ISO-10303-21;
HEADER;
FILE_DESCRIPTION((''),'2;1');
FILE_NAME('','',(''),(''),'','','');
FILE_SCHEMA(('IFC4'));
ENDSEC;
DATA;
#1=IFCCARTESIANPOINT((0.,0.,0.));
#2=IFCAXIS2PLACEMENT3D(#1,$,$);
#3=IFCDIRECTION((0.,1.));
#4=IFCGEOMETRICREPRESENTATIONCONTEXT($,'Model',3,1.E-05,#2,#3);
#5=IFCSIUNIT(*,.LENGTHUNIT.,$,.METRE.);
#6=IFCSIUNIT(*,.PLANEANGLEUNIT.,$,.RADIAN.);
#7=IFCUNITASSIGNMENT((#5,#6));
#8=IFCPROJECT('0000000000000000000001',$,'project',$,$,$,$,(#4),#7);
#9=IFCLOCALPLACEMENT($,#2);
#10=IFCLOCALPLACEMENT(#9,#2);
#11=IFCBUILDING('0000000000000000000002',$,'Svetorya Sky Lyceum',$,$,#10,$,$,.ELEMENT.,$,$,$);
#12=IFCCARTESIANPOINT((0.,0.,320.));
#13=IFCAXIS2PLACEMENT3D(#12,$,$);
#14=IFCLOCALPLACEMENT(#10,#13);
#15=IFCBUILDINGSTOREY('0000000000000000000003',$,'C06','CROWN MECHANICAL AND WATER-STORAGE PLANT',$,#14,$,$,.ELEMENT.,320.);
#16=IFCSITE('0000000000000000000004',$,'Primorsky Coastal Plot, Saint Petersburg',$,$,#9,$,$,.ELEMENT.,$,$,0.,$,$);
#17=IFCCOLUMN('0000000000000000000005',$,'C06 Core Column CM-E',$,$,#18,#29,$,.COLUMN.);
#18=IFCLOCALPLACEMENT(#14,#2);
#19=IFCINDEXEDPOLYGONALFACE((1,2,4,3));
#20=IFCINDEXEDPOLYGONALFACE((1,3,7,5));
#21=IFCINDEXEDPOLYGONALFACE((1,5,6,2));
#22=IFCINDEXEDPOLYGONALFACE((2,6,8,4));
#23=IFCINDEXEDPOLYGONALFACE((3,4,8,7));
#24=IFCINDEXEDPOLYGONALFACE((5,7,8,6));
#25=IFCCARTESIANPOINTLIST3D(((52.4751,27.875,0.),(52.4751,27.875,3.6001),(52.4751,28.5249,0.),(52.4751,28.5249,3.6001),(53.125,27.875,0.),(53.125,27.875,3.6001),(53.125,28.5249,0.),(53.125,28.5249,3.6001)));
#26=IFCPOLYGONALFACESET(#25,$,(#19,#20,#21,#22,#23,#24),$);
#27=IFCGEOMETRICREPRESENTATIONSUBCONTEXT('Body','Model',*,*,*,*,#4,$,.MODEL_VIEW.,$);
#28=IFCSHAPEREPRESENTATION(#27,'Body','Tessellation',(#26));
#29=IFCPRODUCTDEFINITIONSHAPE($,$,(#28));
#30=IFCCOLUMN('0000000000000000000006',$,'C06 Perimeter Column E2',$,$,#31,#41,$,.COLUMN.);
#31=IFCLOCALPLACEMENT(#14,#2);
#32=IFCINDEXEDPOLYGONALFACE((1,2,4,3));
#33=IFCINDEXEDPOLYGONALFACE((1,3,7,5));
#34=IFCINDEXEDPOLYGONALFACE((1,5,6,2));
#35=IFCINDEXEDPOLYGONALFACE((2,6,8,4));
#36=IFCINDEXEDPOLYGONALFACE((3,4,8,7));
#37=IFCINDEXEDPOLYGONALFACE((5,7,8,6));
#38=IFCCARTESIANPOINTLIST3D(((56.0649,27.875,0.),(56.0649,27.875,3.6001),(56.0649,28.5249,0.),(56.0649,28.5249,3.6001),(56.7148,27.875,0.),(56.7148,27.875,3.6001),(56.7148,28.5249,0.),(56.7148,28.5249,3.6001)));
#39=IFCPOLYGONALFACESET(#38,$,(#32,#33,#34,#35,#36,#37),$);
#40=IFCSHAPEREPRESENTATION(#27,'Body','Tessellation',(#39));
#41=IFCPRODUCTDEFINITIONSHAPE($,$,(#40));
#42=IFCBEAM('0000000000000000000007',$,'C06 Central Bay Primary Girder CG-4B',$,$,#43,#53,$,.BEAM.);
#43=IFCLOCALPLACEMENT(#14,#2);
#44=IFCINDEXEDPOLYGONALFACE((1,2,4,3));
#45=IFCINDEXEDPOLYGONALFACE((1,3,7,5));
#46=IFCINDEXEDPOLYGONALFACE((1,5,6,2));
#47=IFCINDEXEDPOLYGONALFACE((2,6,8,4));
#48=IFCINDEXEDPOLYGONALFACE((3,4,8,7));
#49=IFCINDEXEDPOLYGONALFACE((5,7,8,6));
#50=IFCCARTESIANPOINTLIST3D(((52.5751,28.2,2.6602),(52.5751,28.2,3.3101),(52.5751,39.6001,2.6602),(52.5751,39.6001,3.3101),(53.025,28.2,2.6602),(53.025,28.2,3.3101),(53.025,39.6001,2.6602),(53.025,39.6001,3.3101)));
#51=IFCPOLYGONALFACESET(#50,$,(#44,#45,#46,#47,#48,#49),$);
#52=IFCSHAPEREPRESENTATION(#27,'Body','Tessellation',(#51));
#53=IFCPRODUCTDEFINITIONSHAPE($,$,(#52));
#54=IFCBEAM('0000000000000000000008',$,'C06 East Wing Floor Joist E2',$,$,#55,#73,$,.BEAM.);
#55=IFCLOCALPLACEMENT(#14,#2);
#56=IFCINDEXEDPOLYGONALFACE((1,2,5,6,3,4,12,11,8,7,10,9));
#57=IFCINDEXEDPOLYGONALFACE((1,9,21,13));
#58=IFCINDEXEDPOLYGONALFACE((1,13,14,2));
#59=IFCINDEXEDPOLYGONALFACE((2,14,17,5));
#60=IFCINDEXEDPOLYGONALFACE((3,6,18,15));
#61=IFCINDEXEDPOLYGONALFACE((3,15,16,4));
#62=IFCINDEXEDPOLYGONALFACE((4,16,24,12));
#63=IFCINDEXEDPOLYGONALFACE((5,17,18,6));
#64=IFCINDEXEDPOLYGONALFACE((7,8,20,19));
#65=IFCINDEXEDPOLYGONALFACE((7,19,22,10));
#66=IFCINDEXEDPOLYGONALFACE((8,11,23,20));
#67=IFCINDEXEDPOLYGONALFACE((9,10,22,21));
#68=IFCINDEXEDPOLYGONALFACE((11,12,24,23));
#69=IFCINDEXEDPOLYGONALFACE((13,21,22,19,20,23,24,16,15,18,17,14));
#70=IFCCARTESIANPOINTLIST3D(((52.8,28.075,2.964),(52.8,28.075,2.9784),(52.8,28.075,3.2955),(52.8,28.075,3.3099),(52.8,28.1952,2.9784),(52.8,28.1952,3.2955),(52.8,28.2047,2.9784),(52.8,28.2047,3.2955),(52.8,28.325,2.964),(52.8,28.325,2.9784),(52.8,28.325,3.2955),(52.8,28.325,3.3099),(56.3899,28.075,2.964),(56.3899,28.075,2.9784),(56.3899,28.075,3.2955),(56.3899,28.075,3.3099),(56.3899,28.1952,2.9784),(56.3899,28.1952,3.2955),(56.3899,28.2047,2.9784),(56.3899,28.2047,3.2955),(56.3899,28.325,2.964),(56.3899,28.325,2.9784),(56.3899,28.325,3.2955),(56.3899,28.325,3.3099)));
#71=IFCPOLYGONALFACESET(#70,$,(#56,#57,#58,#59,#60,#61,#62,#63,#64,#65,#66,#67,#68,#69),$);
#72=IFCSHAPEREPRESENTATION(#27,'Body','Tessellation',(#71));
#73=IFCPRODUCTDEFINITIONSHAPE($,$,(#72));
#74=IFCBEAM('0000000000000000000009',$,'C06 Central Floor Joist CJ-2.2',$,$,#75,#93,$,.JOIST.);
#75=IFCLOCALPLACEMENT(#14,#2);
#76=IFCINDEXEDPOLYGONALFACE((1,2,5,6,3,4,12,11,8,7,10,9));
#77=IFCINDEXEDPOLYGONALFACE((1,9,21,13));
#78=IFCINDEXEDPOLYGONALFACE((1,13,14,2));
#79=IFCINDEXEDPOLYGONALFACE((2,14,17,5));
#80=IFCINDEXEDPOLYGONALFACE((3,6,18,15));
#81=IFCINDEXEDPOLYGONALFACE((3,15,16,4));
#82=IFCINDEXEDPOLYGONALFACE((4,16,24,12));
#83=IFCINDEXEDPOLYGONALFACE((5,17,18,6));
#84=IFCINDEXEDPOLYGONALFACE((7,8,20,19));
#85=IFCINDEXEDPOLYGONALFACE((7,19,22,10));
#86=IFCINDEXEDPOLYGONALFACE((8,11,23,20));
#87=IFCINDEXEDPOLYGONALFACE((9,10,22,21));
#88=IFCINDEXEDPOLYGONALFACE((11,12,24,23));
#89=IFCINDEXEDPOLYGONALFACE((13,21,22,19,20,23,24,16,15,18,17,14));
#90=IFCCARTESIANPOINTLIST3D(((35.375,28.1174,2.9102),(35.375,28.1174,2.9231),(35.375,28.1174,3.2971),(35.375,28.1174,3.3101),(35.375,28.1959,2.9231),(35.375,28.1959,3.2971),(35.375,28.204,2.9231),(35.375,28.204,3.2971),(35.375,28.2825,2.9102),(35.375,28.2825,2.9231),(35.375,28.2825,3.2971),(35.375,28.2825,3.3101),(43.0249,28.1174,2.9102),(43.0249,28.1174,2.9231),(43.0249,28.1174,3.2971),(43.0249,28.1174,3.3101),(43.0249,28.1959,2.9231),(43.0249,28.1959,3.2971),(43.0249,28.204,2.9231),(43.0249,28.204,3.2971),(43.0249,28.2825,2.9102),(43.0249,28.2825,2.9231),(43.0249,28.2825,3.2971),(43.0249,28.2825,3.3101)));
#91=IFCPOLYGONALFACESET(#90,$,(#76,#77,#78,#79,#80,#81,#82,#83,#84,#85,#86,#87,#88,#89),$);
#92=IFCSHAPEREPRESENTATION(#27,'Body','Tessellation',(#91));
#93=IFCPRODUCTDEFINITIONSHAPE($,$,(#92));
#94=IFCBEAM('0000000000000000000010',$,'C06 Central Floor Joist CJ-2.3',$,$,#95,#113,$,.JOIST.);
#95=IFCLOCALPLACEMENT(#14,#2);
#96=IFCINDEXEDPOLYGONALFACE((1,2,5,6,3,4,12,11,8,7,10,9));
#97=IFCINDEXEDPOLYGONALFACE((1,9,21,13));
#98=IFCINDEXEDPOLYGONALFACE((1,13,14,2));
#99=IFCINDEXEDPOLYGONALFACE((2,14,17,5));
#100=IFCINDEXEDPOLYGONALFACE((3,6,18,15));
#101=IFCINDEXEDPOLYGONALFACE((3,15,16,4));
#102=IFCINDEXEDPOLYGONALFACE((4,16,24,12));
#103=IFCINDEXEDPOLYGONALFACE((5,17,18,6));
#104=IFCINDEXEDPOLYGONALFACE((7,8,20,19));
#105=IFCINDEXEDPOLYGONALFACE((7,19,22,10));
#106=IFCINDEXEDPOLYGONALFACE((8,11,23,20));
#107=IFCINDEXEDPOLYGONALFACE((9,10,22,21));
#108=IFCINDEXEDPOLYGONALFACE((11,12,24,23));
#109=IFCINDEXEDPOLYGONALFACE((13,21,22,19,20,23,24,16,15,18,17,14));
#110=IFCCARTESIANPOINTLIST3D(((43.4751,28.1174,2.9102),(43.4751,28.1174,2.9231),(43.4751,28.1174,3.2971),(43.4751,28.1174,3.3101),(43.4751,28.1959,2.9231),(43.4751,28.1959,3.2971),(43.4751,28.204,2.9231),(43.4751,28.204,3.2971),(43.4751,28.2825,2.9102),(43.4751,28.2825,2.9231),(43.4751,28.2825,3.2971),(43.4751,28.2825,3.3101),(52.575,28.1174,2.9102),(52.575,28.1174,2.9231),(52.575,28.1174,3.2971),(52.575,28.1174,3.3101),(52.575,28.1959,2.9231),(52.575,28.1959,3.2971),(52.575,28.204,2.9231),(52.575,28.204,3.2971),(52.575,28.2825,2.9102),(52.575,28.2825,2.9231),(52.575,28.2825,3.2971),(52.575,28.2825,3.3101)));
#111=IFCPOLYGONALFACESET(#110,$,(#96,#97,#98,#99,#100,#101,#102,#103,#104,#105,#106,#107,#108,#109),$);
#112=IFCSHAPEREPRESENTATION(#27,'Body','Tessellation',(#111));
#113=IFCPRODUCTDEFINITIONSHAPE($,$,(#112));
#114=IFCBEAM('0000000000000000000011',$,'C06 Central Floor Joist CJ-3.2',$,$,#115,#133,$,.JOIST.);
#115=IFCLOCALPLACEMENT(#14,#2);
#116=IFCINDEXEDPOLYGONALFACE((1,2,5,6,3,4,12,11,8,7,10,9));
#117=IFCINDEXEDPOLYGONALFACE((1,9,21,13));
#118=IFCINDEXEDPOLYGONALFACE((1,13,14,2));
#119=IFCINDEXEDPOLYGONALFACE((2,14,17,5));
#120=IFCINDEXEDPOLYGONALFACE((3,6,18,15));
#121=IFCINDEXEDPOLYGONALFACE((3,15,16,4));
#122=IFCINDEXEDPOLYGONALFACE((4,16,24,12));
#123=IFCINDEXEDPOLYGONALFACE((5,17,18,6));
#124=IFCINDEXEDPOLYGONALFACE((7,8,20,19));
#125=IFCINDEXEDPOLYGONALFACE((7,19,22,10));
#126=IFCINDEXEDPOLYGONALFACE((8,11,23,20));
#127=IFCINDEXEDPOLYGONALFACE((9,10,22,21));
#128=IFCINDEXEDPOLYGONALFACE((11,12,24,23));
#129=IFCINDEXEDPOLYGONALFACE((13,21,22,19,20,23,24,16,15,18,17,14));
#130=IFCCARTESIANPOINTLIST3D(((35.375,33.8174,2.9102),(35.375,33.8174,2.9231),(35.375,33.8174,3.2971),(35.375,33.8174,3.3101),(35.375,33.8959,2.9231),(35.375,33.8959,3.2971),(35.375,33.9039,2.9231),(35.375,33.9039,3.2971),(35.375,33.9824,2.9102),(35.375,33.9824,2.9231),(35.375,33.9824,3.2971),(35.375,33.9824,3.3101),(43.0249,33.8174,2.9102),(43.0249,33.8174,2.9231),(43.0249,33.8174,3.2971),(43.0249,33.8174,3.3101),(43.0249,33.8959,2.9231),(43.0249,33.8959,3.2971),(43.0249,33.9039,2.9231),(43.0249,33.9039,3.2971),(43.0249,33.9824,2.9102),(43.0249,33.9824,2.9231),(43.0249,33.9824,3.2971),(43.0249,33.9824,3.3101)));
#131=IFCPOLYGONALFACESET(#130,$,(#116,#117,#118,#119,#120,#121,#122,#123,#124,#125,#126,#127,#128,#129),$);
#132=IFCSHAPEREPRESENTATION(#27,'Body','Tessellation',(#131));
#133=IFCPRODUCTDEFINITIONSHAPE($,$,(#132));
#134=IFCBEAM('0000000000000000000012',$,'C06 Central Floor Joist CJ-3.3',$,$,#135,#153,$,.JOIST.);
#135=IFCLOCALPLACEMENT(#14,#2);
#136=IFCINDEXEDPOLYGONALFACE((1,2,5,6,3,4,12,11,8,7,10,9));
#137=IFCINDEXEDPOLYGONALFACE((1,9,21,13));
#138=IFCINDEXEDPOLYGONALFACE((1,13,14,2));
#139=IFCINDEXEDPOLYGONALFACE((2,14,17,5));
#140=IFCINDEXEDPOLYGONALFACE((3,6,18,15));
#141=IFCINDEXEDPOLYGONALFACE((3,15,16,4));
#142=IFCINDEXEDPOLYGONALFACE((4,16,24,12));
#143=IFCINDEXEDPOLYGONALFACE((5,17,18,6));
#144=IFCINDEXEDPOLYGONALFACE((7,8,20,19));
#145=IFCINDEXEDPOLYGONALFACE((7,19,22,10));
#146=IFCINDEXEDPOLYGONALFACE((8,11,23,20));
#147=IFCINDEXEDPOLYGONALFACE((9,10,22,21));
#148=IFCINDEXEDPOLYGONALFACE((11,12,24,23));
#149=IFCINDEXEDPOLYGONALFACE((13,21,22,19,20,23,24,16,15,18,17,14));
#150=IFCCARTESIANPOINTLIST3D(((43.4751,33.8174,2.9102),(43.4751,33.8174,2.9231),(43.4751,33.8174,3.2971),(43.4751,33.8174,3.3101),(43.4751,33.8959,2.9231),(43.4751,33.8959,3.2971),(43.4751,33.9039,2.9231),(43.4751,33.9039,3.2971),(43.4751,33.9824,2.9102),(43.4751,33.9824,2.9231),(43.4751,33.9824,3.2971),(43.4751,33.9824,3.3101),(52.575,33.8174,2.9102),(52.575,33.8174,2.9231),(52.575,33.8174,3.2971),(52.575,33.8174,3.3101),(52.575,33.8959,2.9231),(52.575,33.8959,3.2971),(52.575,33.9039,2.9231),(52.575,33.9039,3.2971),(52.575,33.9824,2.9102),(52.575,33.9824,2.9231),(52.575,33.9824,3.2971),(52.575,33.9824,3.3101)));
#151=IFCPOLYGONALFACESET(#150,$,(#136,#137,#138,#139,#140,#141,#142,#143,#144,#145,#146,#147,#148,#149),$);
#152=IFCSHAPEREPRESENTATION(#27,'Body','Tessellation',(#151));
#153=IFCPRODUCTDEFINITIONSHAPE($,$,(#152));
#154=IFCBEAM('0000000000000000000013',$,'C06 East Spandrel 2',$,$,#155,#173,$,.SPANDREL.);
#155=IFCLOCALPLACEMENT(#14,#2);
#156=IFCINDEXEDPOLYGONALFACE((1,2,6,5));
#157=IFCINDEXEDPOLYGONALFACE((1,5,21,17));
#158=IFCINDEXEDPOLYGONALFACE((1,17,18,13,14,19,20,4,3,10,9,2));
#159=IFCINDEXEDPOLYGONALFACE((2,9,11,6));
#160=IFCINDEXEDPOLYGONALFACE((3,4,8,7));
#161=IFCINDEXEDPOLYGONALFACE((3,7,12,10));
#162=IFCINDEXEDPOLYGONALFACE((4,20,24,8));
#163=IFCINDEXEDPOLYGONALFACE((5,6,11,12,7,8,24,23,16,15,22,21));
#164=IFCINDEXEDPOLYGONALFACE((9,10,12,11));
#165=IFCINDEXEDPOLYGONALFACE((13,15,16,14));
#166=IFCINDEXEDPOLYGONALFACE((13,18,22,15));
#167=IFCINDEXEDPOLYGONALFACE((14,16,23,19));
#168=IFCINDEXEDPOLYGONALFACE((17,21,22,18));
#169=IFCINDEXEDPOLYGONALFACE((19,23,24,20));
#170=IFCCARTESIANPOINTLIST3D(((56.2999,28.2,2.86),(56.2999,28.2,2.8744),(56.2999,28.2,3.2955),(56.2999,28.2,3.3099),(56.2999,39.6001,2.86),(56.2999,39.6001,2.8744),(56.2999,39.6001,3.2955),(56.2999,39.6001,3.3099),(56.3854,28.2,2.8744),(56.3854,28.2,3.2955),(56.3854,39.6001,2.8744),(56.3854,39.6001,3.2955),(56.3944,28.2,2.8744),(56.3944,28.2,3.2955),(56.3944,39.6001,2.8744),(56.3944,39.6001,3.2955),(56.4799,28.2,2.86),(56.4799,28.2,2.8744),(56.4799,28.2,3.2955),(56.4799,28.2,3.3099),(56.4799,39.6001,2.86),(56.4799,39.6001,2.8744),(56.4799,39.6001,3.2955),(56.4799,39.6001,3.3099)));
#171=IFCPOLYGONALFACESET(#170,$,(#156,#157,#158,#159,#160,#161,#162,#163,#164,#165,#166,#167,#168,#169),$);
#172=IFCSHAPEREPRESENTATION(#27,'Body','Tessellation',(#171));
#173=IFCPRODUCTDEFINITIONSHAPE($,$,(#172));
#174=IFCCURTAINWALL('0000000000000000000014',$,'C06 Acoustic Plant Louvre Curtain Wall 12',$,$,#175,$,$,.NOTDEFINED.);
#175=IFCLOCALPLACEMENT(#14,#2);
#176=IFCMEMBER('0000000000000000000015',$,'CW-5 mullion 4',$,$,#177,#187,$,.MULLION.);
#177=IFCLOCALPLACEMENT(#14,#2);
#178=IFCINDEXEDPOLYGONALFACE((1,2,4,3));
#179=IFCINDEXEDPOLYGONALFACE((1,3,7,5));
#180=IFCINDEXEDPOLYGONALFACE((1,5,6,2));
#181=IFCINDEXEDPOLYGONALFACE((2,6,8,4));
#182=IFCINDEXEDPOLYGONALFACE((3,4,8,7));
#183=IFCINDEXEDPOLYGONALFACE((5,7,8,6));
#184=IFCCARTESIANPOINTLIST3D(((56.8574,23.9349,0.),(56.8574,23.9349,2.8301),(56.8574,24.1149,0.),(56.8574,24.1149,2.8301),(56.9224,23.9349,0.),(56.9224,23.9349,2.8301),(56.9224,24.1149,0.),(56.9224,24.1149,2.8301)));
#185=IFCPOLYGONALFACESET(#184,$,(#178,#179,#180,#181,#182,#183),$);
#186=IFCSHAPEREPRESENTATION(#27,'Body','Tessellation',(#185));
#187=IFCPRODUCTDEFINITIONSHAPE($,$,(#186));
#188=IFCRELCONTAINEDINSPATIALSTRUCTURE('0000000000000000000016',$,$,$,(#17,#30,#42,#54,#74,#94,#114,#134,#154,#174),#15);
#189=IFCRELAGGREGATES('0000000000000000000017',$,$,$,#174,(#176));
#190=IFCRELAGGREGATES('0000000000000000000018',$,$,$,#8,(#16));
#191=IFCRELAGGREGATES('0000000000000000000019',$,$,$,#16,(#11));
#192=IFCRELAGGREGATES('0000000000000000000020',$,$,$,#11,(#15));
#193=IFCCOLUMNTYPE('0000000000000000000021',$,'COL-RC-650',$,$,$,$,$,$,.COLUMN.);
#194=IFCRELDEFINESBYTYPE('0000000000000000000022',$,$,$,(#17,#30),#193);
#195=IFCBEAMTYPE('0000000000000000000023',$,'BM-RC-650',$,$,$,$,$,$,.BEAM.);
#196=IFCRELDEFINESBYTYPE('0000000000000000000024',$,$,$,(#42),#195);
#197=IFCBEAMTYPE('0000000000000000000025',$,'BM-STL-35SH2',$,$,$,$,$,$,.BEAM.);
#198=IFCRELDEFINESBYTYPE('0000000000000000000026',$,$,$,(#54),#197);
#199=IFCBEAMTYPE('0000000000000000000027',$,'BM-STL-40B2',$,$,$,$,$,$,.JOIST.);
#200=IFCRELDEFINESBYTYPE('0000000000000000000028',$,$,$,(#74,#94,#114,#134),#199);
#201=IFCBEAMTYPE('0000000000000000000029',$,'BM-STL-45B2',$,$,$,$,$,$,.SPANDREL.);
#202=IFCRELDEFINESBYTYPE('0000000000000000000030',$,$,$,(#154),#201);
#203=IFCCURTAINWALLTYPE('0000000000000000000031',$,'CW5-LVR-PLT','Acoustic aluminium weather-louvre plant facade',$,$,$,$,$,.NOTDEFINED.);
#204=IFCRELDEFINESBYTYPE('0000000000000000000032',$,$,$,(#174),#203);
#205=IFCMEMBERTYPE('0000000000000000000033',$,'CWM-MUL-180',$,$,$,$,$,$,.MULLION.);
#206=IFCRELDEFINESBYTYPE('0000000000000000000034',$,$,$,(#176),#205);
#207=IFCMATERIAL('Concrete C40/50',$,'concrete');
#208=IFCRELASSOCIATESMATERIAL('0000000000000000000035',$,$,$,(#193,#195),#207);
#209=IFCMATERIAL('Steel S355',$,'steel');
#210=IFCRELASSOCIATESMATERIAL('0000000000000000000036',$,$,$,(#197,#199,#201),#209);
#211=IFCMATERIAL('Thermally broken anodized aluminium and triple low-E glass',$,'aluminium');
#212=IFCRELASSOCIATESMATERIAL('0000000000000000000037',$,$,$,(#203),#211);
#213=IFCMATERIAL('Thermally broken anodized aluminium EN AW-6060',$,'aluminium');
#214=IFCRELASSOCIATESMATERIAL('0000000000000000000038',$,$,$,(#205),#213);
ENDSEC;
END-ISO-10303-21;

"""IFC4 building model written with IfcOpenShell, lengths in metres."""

from ifc_helpers import new_model, si_unit, direction, frame, origin, origin_2d, place, context, subcontext, project, spatial, rectangle, i_section, extrude, material, material_profile, profile_set, type_object, element, aggregate, save


model = new_model("IFC4")

# Units and contexts
model_context = context("Model", 3, precision=1e-05, world=origin(), true_north=direction((0.0, 1.0)))
body_context = subcontext(model_context, "Body", "Model", "MODEL_VIEW")
ifc_project = project(units=[si_unit("LENGTHUNIT", "METRE"), si_unit("PLANEANGLEUNIT", "RADIAN")], contexts=[model_context])

# Site, building, storey
site_placement = place(None, origin())
site = spatial("IfcSite", under=ifc_project, at=site_placement, Name="Primorsky Coastal Plot, Saint Petersburg", CompositionType="ELEMENT", RefElevation=0.0)
building_placement = place(site_placement, origin())
building = spatial("IfcBuilding", under=site, at=building_placement, Name="Svetorya Sky Lyceum", CompositionType="ELEMENT")
storey_placement = place(building_placement, frame((0.0, 0.0, 320.0)))
storey = spatial("IfcBuildingStorey", under=building, at=storey_placement, Name="C06", Description="CROWN MECHANICAL AND WATER-STORAGE PLANT", CompositionType="ELEMENT", Elevation=320.0)

# Columns
ifc_material_1 = material(Name="Concrete C40/50", Category="concrete")
ifc_material_profile_1 = material_profile(ifc_material_1, rectangle(XDim=0.6499, YDim=0.6499, at=origin_2d()), Name="RC COL 650x650")
ifc_profile_set_1 = profile_set([ifc_material_profile_1], Name="Concrete C40/50")
column_type = type_object("IfcColumnType", Name="COL-RC-650", PredefinedType="COLUMN", material=ifc_profile_set_1)
for number, where, z_axis, x_axis, name in (
    (1, (52.8, 28.2, 0.0), (0.0, 0.0, 1.0), (1.0, 0.0, 0.0), "C06 Core Column CM-E"),
    (2, (56.3899, 28.2, 0.0), (0.0, 0.0, 1.0), (1.0, 0.0, 0.0), "C06 Perimeter Column E2"),
):
    element("IfcColumn", number, at=place(storey_placement, frame(where, z_axis=z_axis, x_axis=x_axis)), inside=storey, type_object=column_type, Name=name, PredefinedType="COLUMN", context=body_context, shape_type="SweptSolid", body=[
        extrude(rectangle(XDim=0.6499, YDim=0.6499, at=origin_2d()), origin(), (0.0, 0.0, 1.0), 3.6001),
    ])

# Beams
ifc_material_profile_2 = material_profile(ifc_material_1, rectangle(XDim=0.45, YDim=0.6499, at=origin_2d()), Name="RC BEAM 450x650")
ifc_profile_set_2 = profile_set([ifc_material_profile_2], Name="Concrete C40/50")
beam_type_1 = type_object("IfcBeamType", Name="BM-RC-650", PredefinedType="BEAM", material=ifc_profile_set_2)
beam_1_placement = place(storey_placement, frame((52.8, 28.2, 2.9851), z_axis=(0.0, 1.0, 0.0), x_axis=(-1.0, 0.0, 0.0)))
element("IfcBeam", 3, at=beam_1_placement, inside=storey, type_object=beam_type_1, Name="C06 Central Bay Primary Girder CG-4B", PredefinedType="BEAM", context=body_context, shape_type="SweptSolid", body=[
    extrude(rectangle(XDim=0.45, YDim=0.6499, at=origin_2d()), origin(), (0.0, 0.0, 1.0), 11.4001),
])
ifc_material_2 = material(Name="Steel S355", Category="steel")
ifc_material_profile_3 = material_profile(ifc_material_2, i_section(OverallWidth=0.25, OverallDepth=0.3459, WebThickness=0.0095, FlangeThickness=0.0144, at=origin_2d()), Name="GOST 35Sh2")
ifc_profile_set_3 = profile_set([ifc_material_profile_3], Name="Steel S355")
beam_type_2 = type_object("IfcBeamType", Name="BM-STL-35SH2", PredefinedType="BEAM", material=ifc_profile_set_3)
beam_2_placement = place(storey_placement, frame((52.8, 28.2, 3.137), z_axis=(1.0, 0.0, 0.0), x_axis=(0.0, 1.0, 0.0)))
element("IfcBeam", 4, at=beam_2_placement, inside=storey, type_object=beam_type_2, Name="C06 East Wing Floor Joist E2", PredefinedType="BEAM", context=body_context, shape_type="SweptSolid", body=[
    extrude(i_section(OverallWidth=0.25, OverallDepth=0.3459, WebThickness=0.0095, FlangeThickness=0.0144, at=origin_2d()), origin(), (0.0, 0.0, 1.0), 3.5898),
])
ifc_material_profile_4 = material_profile(ifc_material_2, i_section(OverallWidth=0.165, OverallDepth=0.3999, WebThickness=0.0081, FlangeThickness=0.0129, at=origin_2d()), Name="GOST 40B2")
ifc_profile_set_4 = profile_set([ifc_material_profile_4], Name="Steel S355")
beam_type_3 = type_object("IfcBeamType", Name="BM-STL-40B2", PredefinedType="JOIST", material=ifc_profile_set_4)
beam_3_placement = place(storey_placement, frame((35.375, 28.2, 3.1101), z_axis=(1.0, 0.0, 0.0), x_axis=(0.0, 1.0, 0.0)))
element("IfcBeam", 5, at=beam_3_placement, inside=storey, type_object=beam_type_3, Name="C06 Central Floor Joist CJ-2.2", PredefinedType="JOIST", context=body_context, shape_type="SweptSolid", body=[
    extrude(i_section(OverallWidth=0.165, OverallDepth=0.3999, WebThickness=0.0081, FlangeThickness=0.0129, at=origin_2d()), origin(), (0.0, 0.0, 1.0), 7.6499),
])
beam_4_placement = place(storey_placement, frame((43.4751, 28.2, 3.1101), z_axis=(1.0, 0.0, 0.0), x_axis=(0.0, 1.0, 0.0)))
element("IfcBeam", 6, at=beam_4_placement, inside=storey, type_object=beam_type_3, Name="C06 Central Floor Joist CJ-2.3", PredefinedType="JOIST", context=body_context, shape_type="SweptSolid", body=[
    extrude(i_section(OverallWidth=0.165, OverallDepth=0.3999, WebThickness=0.0081, FlangeThickness=0.0129, at=origin_2d()), origin(), (0.0, 0.0, 1.0), 9.0999),
])
beam_5_placement = place(storey_placement, frame((35.375, 33.8999, 3.1101), z_axis=(1.0, 0.0, 0.0), x_axis=(0.0, 1.0, 0.0)))
element("IfcBeam", 7, at=beam_5_placement, inside=storey, type_object=beam_type_3, Name="C06 Central Floor Joist CJ-3.2", PredefinedType="JOIST", context=body_context, shape_type="SweptSolid", body=[
    extrude(i_section(OverallWidth=0.165, OverallDepth=0.3999, WebThickness=0.0081, FlangeThickness=0.0129, at=origin_2d()), origin(), (0.0, 0.0, 1.0), 7.6499),
])
beam_6_placement = place(storey_placement, frame((43.4751, 33.8999, 3.1101), z_axis=(1.0, 0.0, 0.0), x_axis=(0.0, 1.0, 0.0)))
element("IfcBeam", 8, at=beam_6_placement, inside=storey, type_object=beam_type_3, Name="C06 Central Floor Joist CJ-3.3", PredefinedType="JOIST", context=body_context, shape_type="SweptSolid", body=[
    extrude(i_section(OverallWidth=0.165, OverallDepth=0.3999, WebThickness=0.0081, FlangeThickness=0.0129, at=origin_2d()), origin(), (0.0, 0.0, 1.0), 9.0999),
])
ifc_material_profile_5 = material_profile(ifc_material_2, i_section(OverallWidth=0.1799, OverallDepth=0.45, WebThickness=0.009, FlangeThickness=0.0144, at=origin_2d()), Name="GOST 45B2")
ifc_profile_set_5 = profile_set([ifc_material_profile_5], Name="Steel S355")
beam_type_4 = type_object("IfcBeamType", Name="BM-STL-45B2", PredefinedType="SPANDREL", material=ifc_profile_set_5)
beam_7_placement = place(storey_placement, frame((56.3899, 28.2, 3.085), z_axis=(0.0, 1.0, 0.0), x_axis=(-1.0, 0.0, 0.0)))
element("IfcBeam", 9, at=beam_7_placement, inside=storey, type_object=beam_type_4, Name="C06 East Spandrel 2", PredefinedType="SPANDREL", context=body_context, shape_type="SweptSolid", body=[
    extrude(i_section(OverallWidth=0.1799, OverallDepth=0.45, WebThickness=0.009, FlangeThickness=0.0144, at=origin_2d()), origin(), (0.0, 0.0, 1.0), 11.4001),
])

# Curtain wall, member
ifc_material_3 = material(Name="Thermally broken anodized aluminium and triple low-E glass", Category="aluminium")
curtain_wall_type = type_object("IfcCurtainWallType", Name="CW5-LVR-PLT", Description="Acoustic aluminium weather-louvre plant facade", PredefinedType="NOTDEFINED", material=ifc_material_3)
curtain_wall_placement = place(storey_placement, origin())
curtain_wall = element("IfcCurtainWall", 10, at=curtain_wall_placement, inside=storey, type_object=curtain_wall_type, Name="C06 Acoustic Plant Louvre Curtain Wall 12", PredefinedType="NOTDEFINED")
ifc_material_4 = material(Name="Thermally broken anodized aluminium EN AW-6060", Category="aluminium")
ifc_material_profile_6 = material_profile(ifc_material_4, rectangle(XDim=0.0649, YDim=0.1799, at=origin_2d()), Name="ALU MULLION 65x180")
ifc_profile_set_6 = profile_set([ifc_material_profile_6], Name="Thermally broken anodized aluminium EN AW-6060")
member_type_1 = type_object("IfcMemberType", Name="CWM-MUL-180", PredefinedType="MULLION", material=ifc_profile_set_6)
member_1_placement = place(storey_placement, frame((56.8899, 24.0249, 0.0), z_axis=(0.0, 0.0, 1.0), x_axis=(-1.0, 0.0, 0.0)))
member_1 = element("IfcMember", 11, at=member_1_placement, type_object=member_type_1, Name="CW-5 mullion 4", PredefinedType="MULLION", context=body_context, shape_type="SweptSolid", body=[
    extrude(rectangle(XDim=0.0649, YDim=0.1799, at=origin_2d()), origin(), (0.0, 0.0, 1.0), 2.8301),
])
aggregate(curtain_wall, [member_1])

save(model, "model.ifc")
